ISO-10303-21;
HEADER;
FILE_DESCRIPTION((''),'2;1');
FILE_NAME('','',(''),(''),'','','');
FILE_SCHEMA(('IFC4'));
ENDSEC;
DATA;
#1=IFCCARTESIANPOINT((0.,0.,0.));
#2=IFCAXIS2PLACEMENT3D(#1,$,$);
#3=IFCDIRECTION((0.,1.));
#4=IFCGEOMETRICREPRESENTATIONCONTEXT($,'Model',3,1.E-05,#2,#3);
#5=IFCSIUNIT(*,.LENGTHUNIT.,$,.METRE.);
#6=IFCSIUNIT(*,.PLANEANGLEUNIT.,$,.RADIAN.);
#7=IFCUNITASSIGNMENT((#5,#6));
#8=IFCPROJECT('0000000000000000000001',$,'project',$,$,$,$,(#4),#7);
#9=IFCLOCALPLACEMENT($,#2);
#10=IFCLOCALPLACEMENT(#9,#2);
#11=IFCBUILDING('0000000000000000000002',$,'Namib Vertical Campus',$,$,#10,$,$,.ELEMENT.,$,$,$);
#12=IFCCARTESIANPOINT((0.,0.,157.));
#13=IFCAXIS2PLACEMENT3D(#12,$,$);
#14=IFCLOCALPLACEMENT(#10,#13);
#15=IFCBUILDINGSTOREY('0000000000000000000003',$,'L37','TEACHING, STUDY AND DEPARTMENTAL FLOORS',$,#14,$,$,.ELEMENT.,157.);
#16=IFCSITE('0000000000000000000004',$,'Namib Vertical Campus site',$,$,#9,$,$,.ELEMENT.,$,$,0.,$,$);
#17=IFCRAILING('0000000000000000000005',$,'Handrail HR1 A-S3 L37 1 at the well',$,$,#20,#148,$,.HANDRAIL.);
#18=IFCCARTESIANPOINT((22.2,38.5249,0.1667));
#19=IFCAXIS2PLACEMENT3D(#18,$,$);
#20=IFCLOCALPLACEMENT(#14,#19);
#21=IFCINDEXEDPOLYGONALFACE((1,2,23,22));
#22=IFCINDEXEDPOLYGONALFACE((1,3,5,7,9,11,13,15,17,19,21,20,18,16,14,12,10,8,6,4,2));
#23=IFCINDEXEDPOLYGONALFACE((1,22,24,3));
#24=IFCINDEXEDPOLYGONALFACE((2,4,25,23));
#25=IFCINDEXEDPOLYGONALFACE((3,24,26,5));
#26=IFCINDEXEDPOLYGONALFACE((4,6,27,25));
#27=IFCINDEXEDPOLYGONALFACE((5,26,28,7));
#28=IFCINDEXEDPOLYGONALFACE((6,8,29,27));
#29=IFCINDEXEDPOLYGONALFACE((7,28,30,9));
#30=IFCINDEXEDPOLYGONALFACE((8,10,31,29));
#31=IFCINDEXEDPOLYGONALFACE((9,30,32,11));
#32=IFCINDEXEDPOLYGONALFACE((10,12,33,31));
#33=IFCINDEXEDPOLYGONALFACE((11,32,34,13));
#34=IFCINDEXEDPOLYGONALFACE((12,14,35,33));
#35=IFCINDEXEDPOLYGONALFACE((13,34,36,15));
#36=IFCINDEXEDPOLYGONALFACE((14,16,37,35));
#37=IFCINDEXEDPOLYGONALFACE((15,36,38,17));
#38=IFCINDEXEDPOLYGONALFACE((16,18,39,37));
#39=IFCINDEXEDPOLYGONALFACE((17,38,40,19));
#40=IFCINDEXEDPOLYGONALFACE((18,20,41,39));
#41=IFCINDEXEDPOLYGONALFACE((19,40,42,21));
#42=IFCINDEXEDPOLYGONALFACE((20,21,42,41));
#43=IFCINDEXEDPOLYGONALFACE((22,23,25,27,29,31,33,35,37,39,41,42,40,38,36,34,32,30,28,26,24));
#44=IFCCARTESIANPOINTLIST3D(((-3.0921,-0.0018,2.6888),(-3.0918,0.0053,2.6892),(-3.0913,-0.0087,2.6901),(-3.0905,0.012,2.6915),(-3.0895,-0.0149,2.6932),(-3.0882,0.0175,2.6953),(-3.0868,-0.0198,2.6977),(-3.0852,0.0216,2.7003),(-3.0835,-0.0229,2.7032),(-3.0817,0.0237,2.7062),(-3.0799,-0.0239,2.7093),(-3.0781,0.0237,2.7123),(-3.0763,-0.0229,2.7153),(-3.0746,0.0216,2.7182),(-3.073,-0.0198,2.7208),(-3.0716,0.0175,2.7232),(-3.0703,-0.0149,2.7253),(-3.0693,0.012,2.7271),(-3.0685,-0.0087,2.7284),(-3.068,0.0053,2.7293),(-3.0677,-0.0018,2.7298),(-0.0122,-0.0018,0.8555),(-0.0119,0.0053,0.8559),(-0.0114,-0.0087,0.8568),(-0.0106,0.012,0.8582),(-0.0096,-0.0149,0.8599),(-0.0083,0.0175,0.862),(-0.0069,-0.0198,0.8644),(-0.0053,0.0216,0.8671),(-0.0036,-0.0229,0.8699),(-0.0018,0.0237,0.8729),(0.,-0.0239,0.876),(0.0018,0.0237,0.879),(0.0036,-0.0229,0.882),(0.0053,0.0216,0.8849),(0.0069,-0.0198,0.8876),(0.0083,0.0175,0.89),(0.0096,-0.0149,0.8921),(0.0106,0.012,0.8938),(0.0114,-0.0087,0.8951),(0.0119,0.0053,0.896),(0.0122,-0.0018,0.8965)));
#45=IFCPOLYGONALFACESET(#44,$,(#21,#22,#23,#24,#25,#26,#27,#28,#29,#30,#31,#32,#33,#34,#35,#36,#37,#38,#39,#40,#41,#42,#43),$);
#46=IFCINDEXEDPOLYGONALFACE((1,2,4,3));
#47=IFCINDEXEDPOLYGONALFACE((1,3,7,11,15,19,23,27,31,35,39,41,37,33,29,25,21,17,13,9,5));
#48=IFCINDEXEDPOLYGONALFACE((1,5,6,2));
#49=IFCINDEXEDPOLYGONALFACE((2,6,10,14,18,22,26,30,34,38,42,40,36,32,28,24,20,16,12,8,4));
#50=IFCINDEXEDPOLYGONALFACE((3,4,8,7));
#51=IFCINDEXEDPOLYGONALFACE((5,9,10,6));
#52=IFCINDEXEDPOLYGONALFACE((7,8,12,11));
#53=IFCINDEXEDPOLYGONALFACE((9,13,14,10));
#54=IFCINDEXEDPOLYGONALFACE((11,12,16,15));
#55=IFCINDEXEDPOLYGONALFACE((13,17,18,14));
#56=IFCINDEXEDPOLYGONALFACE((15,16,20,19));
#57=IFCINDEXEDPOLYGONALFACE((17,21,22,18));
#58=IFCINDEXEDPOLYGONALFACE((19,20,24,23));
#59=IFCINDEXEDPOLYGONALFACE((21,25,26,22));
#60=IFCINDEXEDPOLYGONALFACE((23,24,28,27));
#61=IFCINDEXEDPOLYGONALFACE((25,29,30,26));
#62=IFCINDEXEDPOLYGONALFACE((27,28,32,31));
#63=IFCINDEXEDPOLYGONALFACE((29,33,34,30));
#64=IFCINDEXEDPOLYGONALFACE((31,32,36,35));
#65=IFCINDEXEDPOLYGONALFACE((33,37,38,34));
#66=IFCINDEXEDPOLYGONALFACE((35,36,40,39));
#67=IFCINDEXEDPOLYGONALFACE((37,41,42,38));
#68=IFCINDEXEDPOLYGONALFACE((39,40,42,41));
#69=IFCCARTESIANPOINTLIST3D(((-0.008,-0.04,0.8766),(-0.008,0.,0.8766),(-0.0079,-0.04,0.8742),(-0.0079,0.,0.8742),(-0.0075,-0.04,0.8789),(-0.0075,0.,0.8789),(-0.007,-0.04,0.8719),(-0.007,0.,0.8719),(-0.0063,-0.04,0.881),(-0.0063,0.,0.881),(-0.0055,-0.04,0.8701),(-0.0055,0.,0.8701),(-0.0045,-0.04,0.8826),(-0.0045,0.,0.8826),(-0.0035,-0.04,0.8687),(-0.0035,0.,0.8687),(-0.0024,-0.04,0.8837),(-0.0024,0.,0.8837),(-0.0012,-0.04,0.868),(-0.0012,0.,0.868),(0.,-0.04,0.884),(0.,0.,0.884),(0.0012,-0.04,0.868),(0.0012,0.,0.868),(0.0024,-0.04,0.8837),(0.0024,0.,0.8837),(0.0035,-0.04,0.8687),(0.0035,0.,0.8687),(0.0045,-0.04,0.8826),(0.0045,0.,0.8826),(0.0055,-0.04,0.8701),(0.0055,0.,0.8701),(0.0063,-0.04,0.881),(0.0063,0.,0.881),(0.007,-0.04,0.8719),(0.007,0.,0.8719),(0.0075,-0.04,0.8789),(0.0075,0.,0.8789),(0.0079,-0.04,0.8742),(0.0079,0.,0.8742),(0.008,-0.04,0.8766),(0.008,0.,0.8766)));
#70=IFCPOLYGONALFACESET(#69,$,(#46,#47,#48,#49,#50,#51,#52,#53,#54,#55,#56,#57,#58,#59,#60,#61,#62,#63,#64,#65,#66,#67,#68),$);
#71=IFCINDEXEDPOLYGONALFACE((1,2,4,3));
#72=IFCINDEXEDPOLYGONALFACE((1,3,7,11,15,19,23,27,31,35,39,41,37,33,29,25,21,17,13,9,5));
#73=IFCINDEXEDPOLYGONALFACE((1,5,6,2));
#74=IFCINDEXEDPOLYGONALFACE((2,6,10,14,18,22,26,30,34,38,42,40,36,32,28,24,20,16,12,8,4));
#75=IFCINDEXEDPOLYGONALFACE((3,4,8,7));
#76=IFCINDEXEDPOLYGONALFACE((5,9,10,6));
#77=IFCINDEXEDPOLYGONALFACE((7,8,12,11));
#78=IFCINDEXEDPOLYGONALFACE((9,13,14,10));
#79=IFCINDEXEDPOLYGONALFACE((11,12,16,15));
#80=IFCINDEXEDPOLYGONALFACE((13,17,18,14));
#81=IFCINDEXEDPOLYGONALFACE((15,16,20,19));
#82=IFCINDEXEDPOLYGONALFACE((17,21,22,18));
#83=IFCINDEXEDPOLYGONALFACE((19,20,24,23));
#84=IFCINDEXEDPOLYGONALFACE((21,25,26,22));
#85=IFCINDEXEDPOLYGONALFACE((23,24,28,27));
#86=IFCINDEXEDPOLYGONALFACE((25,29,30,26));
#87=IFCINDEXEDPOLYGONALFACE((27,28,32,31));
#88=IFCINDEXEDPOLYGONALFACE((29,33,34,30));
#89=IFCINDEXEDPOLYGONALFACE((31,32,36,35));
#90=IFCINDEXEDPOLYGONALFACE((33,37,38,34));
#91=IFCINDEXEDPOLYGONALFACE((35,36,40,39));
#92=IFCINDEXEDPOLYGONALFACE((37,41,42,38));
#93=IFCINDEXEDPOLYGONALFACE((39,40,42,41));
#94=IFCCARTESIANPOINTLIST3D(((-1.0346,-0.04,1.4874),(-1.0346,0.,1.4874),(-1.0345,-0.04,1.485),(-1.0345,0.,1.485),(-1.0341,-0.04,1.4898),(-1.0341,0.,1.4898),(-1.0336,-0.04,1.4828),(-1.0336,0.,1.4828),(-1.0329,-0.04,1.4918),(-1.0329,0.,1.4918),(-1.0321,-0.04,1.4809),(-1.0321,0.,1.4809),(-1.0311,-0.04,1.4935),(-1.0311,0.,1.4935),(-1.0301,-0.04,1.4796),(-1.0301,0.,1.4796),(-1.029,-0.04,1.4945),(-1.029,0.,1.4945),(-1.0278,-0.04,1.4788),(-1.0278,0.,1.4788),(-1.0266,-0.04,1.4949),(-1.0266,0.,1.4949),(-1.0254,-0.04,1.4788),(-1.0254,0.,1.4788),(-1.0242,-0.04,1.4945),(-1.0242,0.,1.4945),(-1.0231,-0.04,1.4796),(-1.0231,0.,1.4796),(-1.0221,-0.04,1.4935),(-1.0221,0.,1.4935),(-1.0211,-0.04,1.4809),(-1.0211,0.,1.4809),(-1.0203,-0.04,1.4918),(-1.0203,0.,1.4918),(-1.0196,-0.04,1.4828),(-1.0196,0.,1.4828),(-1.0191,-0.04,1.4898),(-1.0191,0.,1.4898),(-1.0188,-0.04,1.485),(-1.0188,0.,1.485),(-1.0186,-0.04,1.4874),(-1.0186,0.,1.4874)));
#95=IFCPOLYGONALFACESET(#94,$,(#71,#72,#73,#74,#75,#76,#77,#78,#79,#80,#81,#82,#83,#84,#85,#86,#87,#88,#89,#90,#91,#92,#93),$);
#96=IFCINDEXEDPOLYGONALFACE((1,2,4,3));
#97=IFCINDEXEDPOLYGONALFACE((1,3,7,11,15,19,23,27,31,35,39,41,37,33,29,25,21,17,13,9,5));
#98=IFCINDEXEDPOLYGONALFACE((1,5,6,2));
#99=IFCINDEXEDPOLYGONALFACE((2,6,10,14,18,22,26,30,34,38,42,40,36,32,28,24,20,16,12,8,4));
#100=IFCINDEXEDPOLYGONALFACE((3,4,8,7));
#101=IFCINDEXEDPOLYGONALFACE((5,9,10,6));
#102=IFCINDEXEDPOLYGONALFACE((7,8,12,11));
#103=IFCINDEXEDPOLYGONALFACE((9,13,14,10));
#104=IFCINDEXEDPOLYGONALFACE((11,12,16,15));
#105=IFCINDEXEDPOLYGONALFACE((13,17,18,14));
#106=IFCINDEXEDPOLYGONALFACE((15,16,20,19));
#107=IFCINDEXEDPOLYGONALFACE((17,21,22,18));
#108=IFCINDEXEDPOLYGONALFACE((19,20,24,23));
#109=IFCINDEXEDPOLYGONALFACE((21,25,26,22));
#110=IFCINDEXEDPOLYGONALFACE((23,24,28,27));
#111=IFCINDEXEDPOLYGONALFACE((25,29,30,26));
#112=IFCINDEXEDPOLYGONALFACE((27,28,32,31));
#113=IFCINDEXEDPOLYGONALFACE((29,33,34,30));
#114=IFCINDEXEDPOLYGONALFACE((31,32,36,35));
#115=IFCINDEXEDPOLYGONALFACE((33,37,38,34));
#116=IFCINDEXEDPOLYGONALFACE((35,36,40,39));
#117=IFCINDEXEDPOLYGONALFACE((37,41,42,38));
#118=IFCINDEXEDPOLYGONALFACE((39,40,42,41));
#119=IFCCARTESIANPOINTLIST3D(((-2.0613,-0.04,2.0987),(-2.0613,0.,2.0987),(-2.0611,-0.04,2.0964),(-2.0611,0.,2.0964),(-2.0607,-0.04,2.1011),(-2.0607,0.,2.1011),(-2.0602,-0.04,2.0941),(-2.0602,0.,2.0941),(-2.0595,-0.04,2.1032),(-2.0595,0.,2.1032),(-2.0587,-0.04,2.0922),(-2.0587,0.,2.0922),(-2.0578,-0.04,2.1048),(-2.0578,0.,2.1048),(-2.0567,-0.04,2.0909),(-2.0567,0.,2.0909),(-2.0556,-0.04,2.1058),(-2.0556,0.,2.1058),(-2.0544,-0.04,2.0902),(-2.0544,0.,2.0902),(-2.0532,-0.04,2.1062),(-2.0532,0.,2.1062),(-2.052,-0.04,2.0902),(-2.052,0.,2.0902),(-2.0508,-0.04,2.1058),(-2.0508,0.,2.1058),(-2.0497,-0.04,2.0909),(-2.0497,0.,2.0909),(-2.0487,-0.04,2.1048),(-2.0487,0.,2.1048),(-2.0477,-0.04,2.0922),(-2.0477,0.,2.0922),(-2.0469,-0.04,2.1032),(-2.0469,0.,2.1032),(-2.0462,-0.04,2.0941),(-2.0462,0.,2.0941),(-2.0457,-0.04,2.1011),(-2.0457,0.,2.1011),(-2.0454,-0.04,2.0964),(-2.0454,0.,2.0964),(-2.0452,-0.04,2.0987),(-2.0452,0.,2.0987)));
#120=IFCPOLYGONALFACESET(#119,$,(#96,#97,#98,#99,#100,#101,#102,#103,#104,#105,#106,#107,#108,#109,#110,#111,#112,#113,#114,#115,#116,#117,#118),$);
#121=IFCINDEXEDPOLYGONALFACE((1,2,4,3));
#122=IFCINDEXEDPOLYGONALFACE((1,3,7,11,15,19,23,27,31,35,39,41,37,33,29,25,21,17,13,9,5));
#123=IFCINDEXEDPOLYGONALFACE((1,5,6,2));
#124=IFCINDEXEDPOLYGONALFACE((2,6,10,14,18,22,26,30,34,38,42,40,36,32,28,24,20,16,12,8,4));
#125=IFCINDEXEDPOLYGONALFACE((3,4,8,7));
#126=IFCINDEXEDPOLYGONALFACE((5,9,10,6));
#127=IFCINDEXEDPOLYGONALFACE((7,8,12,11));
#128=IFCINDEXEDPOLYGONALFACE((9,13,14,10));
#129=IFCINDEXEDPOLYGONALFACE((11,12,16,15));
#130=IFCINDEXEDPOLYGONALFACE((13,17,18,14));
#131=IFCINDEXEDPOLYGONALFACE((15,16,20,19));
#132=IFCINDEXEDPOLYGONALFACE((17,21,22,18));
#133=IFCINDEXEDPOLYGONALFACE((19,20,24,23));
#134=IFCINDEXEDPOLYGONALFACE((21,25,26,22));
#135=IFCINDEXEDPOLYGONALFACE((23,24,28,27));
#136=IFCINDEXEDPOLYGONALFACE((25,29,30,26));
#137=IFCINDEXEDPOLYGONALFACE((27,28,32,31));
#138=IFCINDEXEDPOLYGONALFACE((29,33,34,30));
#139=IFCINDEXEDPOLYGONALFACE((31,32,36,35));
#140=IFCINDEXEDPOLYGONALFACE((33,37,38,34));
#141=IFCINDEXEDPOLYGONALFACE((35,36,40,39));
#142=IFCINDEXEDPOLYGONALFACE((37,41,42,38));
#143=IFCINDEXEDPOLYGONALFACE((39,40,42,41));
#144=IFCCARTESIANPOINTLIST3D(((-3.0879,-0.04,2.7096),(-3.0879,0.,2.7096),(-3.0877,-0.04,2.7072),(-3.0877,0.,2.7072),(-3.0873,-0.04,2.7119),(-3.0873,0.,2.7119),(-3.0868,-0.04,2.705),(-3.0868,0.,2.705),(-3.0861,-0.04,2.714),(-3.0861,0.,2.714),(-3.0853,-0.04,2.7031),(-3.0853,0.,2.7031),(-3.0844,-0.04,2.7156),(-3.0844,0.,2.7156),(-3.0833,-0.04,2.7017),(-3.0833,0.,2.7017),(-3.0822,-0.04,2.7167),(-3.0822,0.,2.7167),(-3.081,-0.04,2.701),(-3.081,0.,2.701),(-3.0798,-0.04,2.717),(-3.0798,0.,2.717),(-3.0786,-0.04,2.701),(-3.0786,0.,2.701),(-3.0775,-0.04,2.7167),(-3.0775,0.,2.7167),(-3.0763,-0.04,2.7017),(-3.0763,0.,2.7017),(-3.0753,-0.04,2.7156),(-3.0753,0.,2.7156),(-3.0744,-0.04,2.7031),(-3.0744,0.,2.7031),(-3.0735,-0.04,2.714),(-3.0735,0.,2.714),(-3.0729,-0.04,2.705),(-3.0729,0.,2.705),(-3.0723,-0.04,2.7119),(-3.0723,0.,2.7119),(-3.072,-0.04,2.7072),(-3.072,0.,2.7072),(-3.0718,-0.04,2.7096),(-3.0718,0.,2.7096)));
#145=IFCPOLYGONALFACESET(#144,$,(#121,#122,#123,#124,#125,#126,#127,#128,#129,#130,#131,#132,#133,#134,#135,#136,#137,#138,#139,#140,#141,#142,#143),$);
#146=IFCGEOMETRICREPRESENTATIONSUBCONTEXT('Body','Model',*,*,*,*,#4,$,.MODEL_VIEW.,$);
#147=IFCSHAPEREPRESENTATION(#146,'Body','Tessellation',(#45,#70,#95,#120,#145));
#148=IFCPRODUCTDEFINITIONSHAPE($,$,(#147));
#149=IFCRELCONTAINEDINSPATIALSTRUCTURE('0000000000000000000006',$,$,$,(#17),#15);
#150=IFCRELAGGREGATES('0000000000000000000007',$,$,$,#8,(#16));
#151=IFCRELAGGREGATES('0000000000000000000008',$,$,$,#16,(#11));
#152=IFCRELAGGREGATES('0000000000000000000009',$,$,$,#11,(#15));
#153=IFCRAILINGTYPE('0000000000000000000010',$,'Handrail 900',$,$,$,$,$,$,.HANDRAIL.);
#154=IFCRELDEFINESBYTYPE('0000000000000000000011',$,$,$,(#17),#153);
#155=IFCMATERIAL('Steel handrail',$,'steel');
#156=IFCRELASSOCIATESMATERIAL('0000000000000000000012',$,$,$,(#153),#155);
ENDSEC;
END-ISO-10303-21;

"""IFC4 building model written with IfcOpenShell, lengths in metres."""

from ifc_helpers import new_model, si_unit, direction, frame, origin, origin_2d, place, context, subcontext, project, spatial, circle, extrude, material, type_object, element, save


model = new_model("IFC4")

# Units and contexts
model_context = context("Model", 3, precision=1e-05, world=origin(), true_north=direction((0.0, 1.0)))
body_context = subcontext(model_context, "Body", "Model", "MODEL_VIEW")
ifc_project = project(units=[si_unit("LENGTHUNIT", "METRE"), si_unit("PLANEANGLEUNIT", "RADIAN")], contexts=[model_context])

# Site, building, storey
site_placement = place(None, origin())
site = spatial("IfcSite", under=ifc_project, at=site_placement, Name="Namib Vertical Campus site", CompositionType="ELEMENT", RefElevation=0.0)
building_placement = place(site_placement, origin())
building = spatial("IfcBuilding", under=site, at=building_placement, Name="Namib Vertical Campus", CompositionType="ELEMENT")
storey_placement = place(building_placement, frame((0.0, 0.0, 157.0)))
storey = spatial("IfcBuildingStorey", under=building, at=storey_placement, Name="L37", Description="TEACHING, STUDY AND DEPARTMENTAL FLOORS", CompositionType="ELEMENT", Elevation=157.0)

# Railing
ifc_material_1 = material(Name="Steel handrail", Category="steel")
railing_type_1 = type_object("IfcRailingType", Name="Handrail 900", PredefinedType="HANDRAIL", material=ifc_material_1)
railing_1_placement = place(storey_placement, frame((22.2, 38.5249, 0.1667)))
element("IfcRailing", 1, at=railing_1_placement, inside=storey, type_object=railing_type_1, Name="Handrail HR1 A-S3 L37 1 at the well", PredefinedType="HANDRAIL", context=body_context, shape_type="SweptSolid", body=[
    extrude(circle(Radius=0.0239, at=origin_2d()), frame((0.0, 0.0, 0.876), z_axis=(-0.859291, 0.0, 0.511487), x_axis=(0.0, -1.0, 0.0)), (0.0, 0.0, 1.0), 3.5842),
    extrude(circle(Radius=0.0081, at=origin_2d()), frame((0.0, 0.0, 0.876), z_axis=(0.0, -1.0, 0.0), x_axis=(0.0, 0.0, 1.0)), (0.0, 0.0, 1.0), 0.04),
    extrude(circle(Radius=0.0081, at=origin_2d()), frame((-1.0266, 0.0, 1.4868), z_axis=(0.0, -1.0, 0.0), x_axis=(0.0, 0.0, 1.0)), (0.0, 0.0, 1.0), 0.04),
    extrude(circle(Radius=0.0081, at=origin_2d()), frame((-2.0532, 0.0, 2.0981), z_axis=(0.0, -1.0, 0.0), x_axis=(0.0, 0.0, 1.0)), (0.0, 0.0, 1.0), 0.04),
    extrude(circle(Radius=0.0081, at=origin_2d()), frame((-3.0798, 0.0, 2.709), z_axis=(0.0, -1.0, 0.0), x_axis=(0.0, 0.0, 1.0)), (0.0, 0.0, 1.0), 0.04),
])

save(model, "model.ifc")
